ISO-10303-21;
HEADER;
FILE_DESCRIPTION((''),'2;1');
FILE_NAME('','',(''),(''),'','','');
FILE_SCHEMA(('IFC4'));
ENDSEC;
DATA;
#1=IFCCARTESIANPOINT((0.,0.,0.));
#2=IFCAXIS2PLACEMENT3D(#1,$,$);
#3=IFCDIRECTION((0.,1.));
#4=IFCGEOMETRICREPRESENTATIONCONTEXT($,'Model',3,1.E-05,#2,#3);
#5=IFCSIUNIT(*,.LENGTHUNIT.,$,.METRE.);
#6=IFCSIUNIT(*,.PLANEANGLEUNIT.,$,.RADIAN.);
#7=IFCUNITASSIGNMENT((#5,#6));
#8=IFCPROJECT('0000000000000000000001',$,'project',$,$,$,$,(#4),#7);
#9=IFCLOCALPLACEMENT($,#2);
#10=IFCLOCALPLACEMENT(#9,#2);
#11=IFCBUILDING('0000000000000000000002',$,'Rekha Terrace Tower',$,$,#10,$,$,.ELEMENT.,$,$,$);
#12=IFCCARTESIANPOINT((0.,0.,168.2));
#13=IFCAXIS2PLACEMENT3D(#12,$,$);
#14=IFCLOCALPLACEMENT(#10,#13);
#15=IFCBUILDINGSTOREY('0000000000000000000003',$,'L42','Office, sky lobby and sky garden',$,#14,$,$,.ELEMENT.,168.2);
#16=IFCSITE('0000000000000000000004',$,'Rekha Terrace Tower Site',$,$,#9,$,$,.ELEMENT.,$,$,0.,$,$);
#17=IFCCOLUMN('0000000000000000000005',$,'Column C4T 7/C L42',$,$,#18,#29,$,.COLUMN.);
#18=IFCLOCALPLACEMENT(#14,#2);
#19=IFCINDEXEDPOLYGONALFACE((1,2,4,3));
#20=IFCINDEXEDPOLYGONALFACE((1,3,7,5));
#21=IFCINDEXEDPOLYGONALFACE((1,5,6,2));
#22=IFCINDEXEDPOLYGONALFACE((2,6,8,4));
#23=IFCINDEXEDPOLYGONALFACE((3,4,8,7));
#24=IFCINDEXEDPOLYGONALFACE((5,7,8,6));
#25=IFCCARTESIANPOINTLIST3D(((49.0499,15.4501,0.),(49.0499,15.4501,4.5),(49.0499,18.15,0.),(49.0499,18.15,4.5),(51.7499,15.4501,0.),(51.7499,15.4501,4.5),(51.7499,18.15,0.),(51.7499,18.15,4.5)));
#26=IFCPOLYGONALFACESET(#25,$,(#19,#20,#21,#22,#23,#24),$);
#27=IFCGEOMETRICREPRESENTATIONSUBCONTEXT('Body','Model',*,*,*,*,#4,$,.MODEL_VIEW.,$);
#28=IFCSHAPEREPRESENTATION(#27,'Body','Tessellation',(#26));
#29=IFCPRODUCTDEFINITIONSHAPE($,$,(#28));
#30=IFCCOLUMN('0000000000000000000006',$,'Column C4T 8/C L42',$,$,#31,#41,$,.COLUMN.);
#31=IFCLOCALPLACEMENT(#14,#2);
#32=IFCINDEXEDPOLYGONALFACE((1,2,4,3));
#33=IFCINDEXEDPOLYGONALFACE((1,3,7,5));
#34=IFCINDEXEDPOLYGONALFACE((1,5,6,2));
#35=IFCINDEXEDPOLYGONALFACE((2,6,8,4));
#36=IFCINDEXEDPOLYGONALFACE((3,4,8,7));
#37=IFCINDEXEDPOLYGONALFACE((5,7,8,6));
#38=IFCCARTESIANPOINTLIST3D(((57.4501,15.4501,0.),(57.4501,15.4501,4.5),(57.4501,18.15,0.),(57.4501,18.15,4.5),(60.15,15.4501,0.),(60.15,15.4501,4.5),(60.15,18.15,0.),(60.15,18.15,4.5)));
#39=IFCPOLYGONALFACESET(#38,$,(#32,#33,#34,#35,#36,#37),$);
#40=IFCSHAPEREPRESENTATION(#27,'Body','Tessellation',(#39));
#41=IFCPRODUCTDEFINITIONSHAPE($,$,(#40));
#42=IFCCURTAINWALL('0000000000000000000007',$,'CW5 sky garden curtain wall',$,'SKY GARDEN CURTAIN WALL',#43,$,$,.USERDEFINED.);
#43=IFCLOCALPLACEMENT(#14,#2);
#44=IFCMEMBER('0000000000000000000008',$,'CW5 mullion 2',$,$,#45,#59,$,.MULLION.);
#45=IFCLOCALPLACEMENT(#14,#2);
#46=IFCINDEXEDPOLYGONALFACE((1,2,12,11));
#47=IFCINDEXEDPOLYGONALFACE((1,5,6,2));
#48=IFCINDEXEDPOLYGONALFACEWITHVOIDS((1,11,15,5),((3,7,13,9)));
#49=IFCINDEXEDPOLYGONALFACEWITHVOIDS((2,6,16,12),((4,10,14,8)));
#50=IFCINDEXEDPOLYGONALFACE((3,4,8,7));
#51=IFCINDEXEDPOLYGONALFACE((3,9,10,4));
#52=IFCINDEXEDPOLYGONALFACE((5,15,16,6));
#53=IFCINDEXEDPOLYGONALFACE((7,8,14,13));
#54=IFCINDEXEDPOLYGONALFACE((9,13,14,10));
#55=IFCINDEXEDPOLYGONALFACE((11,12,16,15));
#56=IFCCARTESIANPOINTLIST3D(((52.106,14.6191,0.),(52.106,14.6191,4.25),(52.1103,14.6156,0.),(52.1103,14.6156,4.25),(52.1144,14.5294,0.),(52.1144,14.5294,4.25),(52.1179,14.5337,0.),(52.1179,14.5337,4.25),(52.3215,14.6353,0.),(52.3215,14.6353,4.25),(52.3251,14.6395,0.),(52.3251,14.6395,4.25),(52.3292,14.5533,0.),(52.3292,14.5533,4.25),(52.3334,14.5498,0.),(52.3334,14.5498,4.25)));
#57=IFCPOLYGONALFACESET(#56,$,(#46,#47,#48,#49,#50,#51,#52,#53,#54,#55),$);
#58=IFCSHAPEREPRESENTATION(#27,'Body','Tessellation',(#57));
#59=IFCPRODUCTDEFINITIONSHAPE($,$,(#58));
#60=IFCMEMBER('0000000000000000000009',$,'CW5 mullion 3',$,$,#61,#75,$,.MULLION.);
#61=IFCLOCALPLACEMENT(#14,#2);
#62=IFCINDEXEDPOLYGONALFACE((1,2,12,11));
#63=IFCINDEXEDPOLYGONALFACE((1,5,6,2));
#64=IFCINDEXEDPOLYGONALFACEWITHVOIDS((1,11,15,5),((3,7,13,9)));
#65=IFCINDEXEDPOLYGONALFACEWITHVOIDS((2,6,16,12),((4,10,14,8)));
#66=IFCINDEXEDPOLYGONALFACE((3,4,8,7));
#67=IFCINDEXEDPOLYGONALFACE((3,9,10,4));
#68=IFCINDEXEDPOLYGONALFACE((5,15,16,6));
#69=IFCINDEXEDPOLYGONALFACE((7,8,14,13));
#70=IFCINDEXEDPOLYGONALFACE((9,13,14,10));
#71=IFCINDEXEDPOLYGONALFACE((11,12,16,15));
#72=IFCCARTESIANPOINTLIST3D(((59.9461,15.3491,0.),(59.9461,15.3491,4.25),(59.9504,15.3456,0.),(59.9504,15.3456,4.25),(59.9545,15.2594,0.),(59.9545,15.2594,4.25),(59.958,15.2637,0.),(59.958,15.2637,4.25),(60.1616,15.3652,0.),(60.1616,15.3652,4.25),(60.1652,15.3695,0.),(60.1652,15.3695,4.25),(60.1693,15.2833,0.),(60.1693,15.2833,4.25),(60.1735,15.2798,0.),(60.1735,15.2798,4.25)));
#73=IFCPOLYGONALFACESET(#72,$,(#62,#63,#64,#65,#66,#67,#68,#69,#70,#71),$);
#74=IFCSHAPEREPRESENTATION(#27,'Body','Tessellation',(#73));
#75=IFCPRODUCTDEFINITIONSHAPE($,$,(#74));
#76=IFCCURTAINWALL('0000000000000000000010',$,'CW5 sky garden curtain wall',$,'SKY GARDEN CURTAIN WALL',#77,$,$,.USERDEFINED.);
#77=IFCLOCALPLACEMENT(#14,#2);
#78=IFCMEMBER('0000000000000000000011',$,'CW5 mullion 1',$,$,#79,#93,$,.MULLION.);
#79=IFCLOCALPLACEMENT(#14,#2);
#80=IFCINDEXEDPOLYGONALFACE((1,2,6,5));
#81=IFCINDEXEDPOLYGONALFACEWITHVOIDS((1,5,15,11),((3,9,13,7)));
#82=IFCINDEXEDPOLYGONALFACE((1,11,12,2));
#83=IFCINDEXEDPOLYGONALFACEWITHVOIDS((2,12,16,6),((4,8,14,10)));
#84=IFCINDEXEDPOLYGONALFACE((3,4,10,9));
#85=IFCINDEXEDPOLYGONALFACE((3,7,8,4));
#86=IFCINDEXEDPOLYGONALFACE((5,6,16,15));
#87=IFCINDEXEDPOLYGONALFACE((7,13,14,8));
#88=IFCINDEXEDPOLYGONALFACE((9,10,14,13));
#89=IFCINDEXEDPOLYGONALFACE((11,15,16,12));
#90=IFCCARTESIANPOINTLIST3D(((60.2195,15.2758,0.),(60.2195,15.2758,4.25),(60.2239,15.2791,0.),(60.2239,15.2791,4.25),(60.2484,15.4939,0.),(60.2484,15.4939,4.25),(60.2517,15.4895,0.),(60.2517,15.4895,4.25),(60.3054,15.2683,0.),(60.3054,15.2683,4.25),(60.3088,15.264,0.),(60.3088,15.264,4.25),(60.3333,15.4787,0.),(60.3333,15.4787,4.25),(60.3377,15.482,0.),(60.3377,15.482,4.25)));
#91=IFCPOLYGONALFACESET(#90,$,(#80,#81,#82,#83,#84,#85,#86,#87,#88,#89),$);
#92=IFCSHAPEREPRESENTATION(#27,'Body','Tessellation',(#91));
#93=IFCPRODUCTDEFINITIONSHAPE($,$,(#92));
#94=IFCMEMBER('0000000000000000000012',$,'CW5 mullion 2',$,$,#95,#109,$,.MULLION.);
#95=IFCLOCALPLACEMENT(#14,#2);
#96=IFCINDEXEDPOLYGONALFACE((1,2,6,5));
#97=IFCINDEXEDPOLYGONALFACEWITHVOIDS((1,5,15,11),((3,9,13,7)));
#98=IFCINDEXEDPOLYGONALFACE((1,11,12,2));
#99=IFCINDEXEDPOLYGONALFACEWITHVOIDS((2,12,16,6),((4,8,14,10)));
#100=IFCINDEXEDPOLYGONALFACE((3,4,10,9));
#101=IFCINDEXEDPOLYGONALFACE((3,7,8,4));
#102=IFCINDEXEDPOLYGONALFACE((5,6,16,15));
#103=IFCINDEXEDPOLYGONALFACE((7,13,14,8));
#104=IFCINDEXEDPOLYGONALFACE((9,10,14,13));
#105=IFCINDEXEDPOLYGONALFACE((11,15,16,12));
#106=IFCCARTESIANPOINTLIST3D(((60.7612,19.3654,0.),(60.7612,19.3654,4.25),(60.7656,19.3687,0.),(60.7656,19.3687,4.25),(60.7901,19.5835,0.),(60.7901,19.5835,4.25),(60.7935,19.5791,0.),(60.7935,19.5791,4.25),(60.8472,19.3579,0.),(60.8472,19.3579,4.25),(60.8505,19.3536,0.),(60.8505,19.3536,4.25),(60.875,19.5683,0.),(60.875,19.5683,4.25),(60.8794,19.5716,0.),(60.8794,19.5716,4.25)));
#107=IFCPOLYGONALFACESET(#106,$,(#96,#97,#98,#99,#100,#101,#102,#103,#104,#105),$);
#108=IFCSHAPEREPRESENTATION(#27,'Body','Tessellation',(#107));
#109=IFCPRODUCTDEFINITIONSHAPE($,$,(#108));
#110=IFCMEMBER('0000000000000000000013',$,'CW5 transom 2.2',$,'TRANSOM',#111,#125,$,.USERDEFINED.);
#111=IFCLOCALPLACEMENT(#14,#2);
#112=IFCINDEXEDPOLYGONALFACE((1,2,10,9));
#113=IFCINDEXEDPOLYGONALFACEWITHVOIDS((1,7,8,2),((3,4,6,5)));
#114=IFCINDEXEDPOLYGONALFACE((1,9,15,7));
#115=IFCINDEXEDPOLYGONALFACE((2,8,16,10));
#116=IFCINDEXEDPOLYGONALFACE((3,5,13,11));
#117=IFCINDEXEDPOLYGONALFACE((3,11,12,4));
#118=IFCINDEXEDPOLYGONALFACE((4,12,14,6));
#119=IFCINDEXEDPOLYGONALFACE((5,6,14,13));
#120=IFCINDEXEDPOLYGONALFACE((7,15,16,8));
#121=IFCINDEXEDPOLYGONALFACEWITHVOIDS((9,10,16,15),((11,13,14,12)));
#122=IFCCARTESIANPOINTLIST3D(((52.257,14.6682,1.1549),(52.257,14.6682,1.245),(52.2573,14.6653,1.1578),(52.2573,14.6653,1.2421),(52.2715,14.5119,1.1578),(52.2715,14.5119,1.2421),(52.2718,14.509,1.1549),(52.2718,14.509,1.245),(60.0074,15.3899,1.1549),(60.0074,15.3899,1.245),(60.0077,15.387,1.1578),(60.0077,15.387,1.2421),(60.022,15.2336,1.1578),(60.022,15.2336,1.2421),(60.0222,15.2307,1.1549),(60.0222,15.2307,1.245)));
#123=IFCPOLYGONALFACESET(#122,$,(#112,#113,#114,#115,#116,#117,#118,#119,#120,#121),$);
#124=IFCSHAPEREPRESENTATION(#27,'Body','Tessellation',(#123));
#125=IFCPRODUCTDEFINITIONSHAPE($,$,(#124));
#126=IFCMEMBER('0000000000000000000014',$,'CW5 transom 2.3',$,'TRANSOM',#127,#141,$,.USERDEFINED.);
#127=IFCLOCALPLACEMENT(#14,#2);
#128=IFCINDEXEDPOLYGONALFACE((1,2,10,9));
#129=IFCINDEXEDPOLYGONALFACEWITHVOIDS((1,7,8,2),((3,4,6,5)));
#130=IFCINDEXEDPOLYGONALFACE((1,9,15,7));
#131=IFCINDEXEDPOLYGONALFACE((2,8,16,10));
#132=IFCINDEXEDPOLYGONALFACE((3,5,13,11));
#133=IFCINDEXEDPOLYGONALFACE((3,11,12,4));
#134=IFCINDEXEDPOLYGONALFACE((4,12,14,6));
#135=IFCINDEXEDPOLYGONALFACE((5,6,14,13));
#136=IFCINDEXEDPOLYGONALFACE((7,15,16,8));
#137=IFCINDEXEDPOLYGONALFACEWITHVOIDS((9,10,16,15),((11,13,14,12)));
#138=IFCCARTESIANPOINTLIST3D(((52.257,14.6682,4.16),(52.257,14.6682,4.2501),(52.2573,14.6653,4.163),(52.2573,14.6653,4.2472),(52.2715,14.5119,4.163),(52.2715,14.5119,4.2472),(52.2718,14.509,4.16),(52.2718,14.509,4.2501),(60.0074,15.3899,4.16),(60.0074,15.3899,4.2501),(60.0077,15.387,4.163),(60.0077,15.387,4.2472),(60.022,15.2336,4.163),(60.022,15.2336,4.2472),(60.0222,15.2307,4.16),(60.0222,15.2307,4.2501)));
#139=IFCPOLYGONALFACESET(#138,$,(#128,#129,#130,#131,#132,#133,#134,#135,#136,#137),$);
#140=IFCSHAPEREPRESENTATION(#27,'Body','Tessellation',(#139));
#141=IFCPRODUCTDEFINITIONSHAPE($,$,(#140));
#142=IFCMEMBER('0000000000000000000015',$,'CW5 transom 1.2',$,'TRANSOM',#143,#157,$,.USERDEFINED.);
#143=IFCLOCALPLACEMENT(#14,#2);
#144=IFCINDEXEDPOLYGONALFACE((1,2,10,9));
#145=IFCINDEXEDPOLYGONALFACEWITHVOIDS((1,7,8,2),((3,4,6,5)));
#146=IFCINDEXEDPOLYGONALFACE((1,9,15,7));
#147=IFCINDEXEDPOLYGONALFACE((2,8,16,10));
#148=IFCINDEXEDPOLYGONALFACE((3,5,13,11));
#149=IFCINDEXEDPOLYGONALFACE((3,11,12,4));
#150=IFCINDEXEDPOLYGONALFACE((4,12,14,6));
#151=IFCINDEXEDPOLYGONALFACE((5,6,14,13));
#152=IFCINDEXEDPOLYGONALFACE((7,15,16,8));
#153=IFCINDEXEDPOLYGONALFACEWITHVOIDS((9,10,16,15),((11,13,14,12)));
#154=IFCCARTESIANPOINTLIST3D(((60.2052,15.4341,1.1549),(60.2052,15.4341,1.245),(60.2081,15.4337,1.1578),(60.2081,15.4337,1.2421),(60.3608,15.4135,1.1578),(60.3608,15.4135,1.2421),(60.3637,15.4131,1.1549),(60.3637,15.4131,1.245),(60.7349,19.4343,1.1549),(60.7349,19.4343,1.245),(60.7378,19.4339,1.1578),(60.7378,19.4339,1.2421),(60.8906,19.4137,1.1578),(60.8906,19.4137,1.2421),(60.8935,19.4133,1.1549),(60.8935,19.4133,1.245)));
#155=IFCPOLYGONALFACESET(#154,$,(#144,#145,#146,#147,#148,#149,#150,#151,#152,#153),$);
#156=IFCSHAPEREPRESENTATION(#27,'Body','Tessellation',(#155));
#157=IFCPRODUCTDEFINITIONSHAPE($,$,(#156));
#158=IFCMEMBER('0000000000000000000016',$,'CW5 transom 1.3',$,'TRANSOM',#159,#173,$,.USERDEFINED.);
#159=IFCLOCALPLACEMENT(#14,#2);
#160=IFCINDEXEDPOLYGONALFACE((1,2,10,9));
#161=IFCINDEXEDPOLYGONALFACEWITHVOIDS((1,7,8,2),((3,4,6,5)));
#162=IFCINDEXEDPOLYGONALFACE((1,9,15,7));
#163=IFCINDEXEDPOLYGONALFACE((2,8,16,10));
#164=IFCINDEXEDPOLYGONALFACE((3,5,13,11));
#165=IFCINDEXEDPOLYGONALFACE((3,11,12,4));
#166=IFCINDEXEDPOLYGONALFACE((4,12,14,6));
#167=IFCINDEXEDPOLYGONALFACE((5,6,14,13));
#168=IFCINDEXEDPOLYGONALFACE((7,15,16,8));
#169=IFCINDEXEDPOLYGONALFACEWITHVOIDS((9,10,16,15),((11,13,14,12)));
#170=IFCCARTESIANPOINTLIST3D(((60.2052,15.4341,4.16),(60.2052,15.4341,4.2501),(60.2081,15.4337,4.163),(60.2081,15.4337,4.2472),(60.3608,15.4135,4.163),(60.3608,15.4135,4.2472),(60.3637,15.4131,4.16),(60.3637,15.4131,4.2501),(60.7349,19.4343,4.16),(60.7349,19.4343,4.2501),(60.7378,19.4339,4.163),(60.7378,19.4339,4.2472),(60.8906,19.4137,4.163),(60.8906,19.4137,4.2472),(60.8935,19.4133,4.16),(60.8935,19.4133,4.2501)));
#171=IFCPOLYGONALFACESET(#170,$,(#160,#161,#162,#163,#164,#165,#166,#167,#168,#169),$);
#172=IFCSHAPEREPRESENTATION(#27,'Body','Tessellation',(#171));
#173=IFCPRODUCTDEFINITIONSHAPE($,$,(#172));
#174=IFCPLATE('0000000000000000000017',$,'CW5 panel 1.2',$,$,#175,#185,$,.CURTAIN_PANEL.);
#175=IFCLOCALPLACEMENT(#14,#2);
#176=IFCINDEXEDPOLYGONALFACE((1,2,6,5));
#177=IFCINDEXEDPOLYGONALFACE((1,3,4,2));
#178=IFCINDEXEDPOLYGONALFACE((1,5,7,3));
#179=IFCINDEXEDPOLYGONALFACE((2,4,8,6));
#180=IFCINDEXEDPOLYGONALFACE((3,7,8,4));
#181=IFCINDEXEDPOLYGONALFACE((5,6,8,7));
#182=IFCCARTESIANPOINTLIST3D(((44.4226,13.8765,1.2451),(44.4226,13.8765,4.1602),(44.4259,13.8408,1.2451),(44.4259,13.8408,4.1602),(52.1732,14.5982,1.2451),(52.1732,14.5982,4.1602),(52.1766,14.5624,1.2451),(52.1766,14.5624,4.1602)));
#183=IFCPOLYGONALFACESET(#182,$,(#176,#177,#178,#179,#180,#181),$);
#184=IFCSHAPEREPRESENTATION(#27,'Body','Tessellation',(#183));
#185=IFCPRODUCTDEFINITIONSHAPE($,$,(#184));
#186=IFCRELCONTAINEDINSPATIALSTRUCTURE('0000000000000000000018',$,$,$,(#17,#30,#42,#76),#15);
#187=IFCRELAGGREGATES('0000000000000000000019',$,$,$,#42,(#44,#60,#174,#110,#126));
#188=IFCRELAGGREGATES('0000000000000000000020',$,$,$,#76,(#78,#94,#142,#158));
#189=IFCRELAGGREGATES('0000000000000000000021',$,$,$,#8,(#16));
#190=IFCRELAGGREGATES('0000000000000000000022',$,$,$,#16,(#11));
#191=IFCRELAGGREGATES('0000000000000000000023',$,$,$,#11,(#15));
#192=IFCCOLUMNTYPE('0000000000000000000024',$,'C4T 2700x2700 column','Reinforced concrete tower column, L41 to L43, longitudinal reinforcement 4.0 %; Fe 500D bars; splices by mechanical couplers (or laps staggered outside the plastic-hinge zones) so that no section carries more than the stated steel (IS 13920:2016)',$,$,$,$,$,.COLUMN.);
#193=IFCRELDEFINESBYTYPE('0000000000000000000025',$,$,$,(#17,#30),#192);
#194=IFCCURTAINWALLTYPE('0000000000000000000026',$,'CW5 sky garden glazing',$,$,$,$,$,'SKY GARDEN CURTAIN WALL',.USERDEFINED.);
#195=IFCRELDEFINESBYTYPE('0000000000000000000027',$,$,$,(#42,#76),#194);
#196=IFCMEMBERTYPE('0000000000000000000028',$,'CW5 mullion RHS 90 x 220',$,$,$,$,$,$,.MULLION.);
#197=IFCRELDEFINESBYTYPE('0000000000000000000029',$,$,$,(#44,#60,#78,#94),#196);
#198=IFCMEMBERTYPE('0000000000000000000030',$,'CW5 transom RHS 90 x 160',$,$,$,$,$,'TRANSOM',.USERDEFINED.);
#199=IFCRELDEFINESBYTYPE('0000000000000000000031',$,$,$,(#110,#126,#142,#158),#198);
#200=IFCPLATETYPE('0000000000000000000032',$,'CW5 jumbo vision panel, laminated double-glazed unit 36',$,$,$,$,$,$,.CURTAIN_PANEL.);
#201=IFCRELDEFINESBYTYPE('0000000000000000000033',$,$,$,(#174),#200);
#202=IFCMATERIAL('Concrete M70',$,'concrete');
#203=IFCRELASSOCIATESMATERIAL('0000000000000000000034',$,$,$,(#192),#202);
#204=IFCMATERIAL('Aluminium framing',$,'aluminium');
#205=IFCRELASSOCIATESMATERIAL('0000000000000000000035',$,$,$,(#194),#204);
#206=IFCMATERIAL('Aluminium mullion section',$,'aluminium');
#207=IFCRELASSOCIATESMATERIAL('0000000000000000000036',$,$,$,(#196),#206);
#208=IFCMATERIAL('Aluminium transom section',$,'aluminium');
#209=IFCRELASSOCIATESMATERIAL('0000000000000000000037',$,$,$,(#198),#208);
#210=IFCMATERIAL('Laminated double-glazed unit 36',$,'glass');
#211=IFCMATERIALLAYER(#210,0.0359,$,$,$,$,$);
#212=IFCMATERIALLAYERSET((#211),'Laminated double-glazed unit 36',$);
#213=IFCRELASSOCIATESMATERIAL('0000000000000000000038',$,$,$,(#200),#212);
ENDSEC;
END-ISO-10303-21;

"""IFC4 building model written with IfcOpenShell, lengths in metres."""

from ifc_helpers import new_model, si_unit, direction, frame, origin, origin_2d, place, context, subcontext, project, spatial, rectangle, hollow_rectangle, extrude, material, layer, layer_set, material_profile, profile_set, type_object, element, aggregate, save


model = new_model("IFC4")

# Units and contexts
model_context = context("Model", 3, precision=1e-05, world=origin(), true_north=direction((0.0, 1.0)))
body_context = subcontext(model_context, "Body", "Model", "MODEL_VIEW")
ifc_project = project(units=[si_unit("LENGTHUNIT", "METRE"), si_unit("PLANEANGLEUNIT", "RADIAN")], contexts=[model_context])

# Site, building, storey
site_placement = place(None, origin())
site = spatial("IfcSite", under=ifc_project, at=site_placement, Name="Rekha Terrace Tower Site", CompositionType="ELEMENT", RefElevation=0.0)
building_placement = place(site_placement, origin())
building = spatial("IfcBuilding", under=site, at=building_placement, Name="Rekha Terrace Tower", CompositionType="ELEMENT")
storey_placement = place(building_placement, frame((0.0, 0.0, 168.2)))
storey = spatial("IfcBuildingStorey", under=building, at=storey_placement, Name="L42", Description="Office, sky lobby and sky garden", CompositionType="ELEMENT", Elevation=168.2)

# Columns
ifc_material_1 = material(Name="Concrete M70", Category="concrete")
ifc_material_profile_1 = material_profile(ifc_material_1, rectangle(XDim=2.7, YDim=2.7, at=origin_2d()), Name="RC 2700x2700")
ifc_profile_set_1 = profile_set([ifc_material_profile_1], Name="Concrete M70")
column_type = type_object("IfcColumnType", Name="C4T 2700x2700 column", Description="Reinforced concrete tower column, L41 to L43, longitudinal reinforcement 4.0 %; Fe 500D bars; splices by mechanical couplers (or laps staggered outside the plastic-hinge zones) so that no section carries more than the stated steel (IS 13920:2016)", PredefinedType="COLUMN", material=ifc_profile_set_1)
for number, where, z_axis, x_axis, name in (
    (1, (50.3999, 16.8, 0.0), (0.0, 0.0, 1.0), (1.0, 0.0, 0.0), "Column C4T 7/C L42"),
    (2, (58.8, 16.8, 0.0), (0.0, 0.0, 1.0), (1.0, 0.0, 0.0), "Column C4T 8/C L42"),
):
    element("IfcColumn", number, at=place(storey_placement, frame(where, z_axis=z_axis, x_axis=x_axis)), inside=storey, type_object=column_type, Name=name, PredefinedType="COLUMN", context=body_context, shape_type="SweptSolid", body=[
        extrude(rectangle(XDim=2.7, YDim=2.7, at=origin_2d()), origin(), (0.0, 0.0, 1.0), 4.5),
    ])

# Curtain walls, members
ifc_material_2 = material(Name="Aluminium framing", Category="aluminium")
curtain_wall_type = type_object("IfcCurtainWallType", Name="CW5 sky garden glazing", ElementType="SKY GARDEN CURTAIN WALL", PredefinedType="USERDEFINED", material=ifc_material_2)
curtain_wall_1_placement = place(storey_placement, origin())
curtain_wall_1 = element("IfcCurtainWall", 3, at=curtain_wall_1_placement, inside=storey, type_object=curtain_wall_type, Name="CW5 sky garden curtain wall", ObjectType="SKY GARDEN CURTAIN WALL", PredefinedType="USERDEFINED")
ifc_material_3 = material(Name="Aluminium mullion section", Category="aluminium")
ifc_material_profile_2 = material_profile(ifc_material_3, hollow_rectangle(XDim=0.0901, YDim=0.22, WallThickness=0.0039, at=origin_2d()), Name="AL RHS 90x220")
ifc_profile_set_2 = profile_set([ifc_material_profile_2], Name="Aluminium mullion section")
member_type_1 = type_object("IfcMemberType", Name="CW5 mullion RHS 90 x 220", PredefinedType="MULLION", material=ifc_profile_set_2)
member_1_placement = place(storey_placement, frame((52.2197, 14.5845, 0.0), z_axis=(0.0, 0.0, 1.0), x_axis=(-0.092709, 0.995693, 0.0)))
member_1 = element("IfcMember", 4, at=member_1_placement, type_object=member_type_1, Name="CW5 mullion 2", PredefinedType="MULLION", context=body_context, shape_type="SweptSolid", body=[
    extrude(hollow_rectangle(XDim=0.0901, YDim=0.22, WallThickness=0.0039, at=origin_2d()), origin(), (0.0, 0.0, 1.0), 4.25),
])
member_2_placement = place(storey_placement, frame((60.0598, 15.3145, 0.0), z_axis=(0.0, 0.0, 1.0), x_axis=(-0.092709, 0.995693, 0.0)))
member_2 = element("IfcMember", 5, at=member_2_placement, type_object=member_type_1, Name="CW5 mullion 3", PredefinedType="MULLION", context=body_context, shape_type="SweptSolid", body=[
    extrude(hollow_rectangle(XDim=0.0901, YDim=0.22, WallThickness=0.0039, at=origin_2d()), origin(), (0.0, 0.0, 1.0), 4.25),
])
curtain_wall_2_placement = place(storey_placement, origin())
curtain_wall_2 = element("IfcCurtainWall", 6, at=curtain_wall_2_placement, inside=storey, type_object=curtain_wall_type, Name="CW5 sky garden curtain wall", ObjectType="SKY GARDEN CURTAIN WALL", PredefinedType="USERDEFINED")
member_3_placement = place(storey_placement, frame((60.2786, 15.3789, 0.0), z_axis=(0.0, 0.0, 1.0), x_axis=(-0.991342, 0.131304, 0.0)))
member_3 = element("IfcMember", 7, at=member_3_placement, type_object=member_type_1, Name="CW5 mullion 1", PredefinedType="MULLION", context=body_context, shape_type="SweptSolid", body=[
    extrude(hollow_rectangle(XDim=0.0901, YDim=0.22, WallThickness=0.0039, at=origin_2d()), origin(), (0.0, 0.0, 1.0), 4.25),
])
member_4_placement = place(storey_placement, frame((60.8203, 19.4685, 0.0), z_axis=(0.0, 0.0, 1.0), x_axis=(-0.991342, 0.131304, 0.0)))
member_4 = element("IfcMember", 8, at=member_4_placement, type_object=member_type_1, Name="CW5 mullion 2", PredefinedType="MULLION", context=body_context, shape_type="SweptSolid", body=[
    extrude(hollow_rectangle(XDim=0.0901, YDim=0.22, WallThickness=0.0039, at=origin_2d()), origin(), (0.0, 0.0, 1.0), 4.25),
])

# Members
ifc_material_4 = material(Name="Aluminium transom section", Category="aluminium")
ifc_material_profile_3 = material_profile(ifc_material_4, hollow_rectangle(XDim=0.1599, YDim=0.0901, WallThickness=0.0029, at=origin_2d()), Name="AL RHS 160x90")
ifc_profile_set_3 = profile_set([ifc_material_profile_3], Name="Aluminium transom section")
member_type_2 = type_object("IfcMemberType", Name="CW5 transom RHS 90 x 160", ElementType="TRANSOM", PredefinedType="USERDEFINED", material=ifc_profile_set_3)
member_5_placement = place(storey_placement, frame((52.2644, 14.5886, 1.2), z_axis=(0.995693, 0.092713, 0.0), x_axis=(-0.092713, 0.995693, 0.0)))
member_5 = element("IfcMember", 9, at=member_5_placement, type_object=member_type_2, Name="CW5 transom 2.2", ObjectType="TRANSOM", PredefinedType="USERDEFINED", context=body_context, shape_type="SweptSolid", body=[
    extrude(hollow_rectangle(XDim=0.1599, YDim=0.0901, WallThickness=0.0029, at=origin_2d()), origin(), (0.0, 0.0, 1.0), 7.7839),
])
member_6_placement = place(storey_placement, frame((52.2644, 14.5886, 4.2051), z_axis=(0.995693, 0.092713, 0.0), x_axis=(-0.092713, 0.995693, 0.0)))
member_6 = element("IfcMember", 10, at=member_6_placement, type_object=member_type_2, Name="CW5 transom 2.3", ObjectType="TRANSOM", PredefinedType="USERDEFINED", context=body_context, shape_type="SweptSolid", body=[
    extrude(hollow_rectangle(XDim=0.1599, YDim=0.0901, WallThickness=0.0029, at=origin_2d()), origin(), (0.0, 0.0, 1.0), 7.7839),
])
member_7_placement = place(storey_placement, frame((60.2844, 15.4236, 1.2), z_axis=(0.131292, 0.991344, 0.0), x_axis=(-0.991344, 0.131292, 0.0)))
member_7 = element("IfcMember", 11, at=member_7_placement, type_object=member_type_2, Name="CW5 transom 1.2", ObjectType="TRANSOM", PredefinedType="USERDEFINED", context=body_context, shape_type="SweptSolid", body=[
    extrude(hollow_rectangle(XDim=0.1599, YDim=0.0901, WallThickness=0.0029, at=origin_2d()), origin(), (0.0, 0.0, 1.0), 4.0352),
])
member_8_placement = place(storey_placement, frame((60.2844, 15.4236, 4.2051), z_axis=(0.131292, 0.991344, 0.0), x_axis=(-0.991344, 0.131292, 0.0)))
member_8 = element("IfcMember", 12, at=member_8_placement, type_object=member_type_2, Name="CW5 transom 1.3", ObjectType="TRANSOM", PredefinedType="USERDEFINED", context=body_context, shape_type="SweptSolid", body=[
    extrude(hollow_rectangle(XDim=0.1599, YDim=0.0901, WallThickness=0.0029, at=origin_2d()), origin(), (0.0, 0.0, 1.0), 4.0352),
])

# Plate
ifc_material_5 = material(Name="Laminated double-glazed unit 36", Category="glass")
ifc_layer_1 = layer(ifc_material_5, 0.0359)
ifc_layer_set_1 = layer_set([ifc_layer_1], Name="Laminated double-glazed unit 36")
plate_type = type_object("IfcPlateType", Name="CW5 jumbo vision panel, laminated double-glazed unit 36", PredefinedType="CURTAIN_PANEL", material=ifc_layer_set_1)
plate_1_placement = place(storey_placement, frame((48.2996, 14.2195, 1.2451), z_axis=(0.0, 0.0, 1.0), x_axis=(0.995693, 0.092709, 0.0)))
plate_1 = element("IfcPlate", 13, at=plate_1_placement, type_object=plate_type, Name="CW5 panel 1.2", PredefinedType="CURTAIN_PANEL", context=body_context, shape_type="SweptSolid", body=[
    extrude(rectangle(XDim=7.7842, YDim=0.0359, at=origin_2d()), origin(), (0.0, 0.0, 1.0), 2.915),
])
aggregate(curtain_wall_1, [member_1, member_2, plate_1, member_5, member_6])
aggregate(curtain_wall_2, [member_3, member_4, member_7, member_8])

save(model, "model.ifc")
